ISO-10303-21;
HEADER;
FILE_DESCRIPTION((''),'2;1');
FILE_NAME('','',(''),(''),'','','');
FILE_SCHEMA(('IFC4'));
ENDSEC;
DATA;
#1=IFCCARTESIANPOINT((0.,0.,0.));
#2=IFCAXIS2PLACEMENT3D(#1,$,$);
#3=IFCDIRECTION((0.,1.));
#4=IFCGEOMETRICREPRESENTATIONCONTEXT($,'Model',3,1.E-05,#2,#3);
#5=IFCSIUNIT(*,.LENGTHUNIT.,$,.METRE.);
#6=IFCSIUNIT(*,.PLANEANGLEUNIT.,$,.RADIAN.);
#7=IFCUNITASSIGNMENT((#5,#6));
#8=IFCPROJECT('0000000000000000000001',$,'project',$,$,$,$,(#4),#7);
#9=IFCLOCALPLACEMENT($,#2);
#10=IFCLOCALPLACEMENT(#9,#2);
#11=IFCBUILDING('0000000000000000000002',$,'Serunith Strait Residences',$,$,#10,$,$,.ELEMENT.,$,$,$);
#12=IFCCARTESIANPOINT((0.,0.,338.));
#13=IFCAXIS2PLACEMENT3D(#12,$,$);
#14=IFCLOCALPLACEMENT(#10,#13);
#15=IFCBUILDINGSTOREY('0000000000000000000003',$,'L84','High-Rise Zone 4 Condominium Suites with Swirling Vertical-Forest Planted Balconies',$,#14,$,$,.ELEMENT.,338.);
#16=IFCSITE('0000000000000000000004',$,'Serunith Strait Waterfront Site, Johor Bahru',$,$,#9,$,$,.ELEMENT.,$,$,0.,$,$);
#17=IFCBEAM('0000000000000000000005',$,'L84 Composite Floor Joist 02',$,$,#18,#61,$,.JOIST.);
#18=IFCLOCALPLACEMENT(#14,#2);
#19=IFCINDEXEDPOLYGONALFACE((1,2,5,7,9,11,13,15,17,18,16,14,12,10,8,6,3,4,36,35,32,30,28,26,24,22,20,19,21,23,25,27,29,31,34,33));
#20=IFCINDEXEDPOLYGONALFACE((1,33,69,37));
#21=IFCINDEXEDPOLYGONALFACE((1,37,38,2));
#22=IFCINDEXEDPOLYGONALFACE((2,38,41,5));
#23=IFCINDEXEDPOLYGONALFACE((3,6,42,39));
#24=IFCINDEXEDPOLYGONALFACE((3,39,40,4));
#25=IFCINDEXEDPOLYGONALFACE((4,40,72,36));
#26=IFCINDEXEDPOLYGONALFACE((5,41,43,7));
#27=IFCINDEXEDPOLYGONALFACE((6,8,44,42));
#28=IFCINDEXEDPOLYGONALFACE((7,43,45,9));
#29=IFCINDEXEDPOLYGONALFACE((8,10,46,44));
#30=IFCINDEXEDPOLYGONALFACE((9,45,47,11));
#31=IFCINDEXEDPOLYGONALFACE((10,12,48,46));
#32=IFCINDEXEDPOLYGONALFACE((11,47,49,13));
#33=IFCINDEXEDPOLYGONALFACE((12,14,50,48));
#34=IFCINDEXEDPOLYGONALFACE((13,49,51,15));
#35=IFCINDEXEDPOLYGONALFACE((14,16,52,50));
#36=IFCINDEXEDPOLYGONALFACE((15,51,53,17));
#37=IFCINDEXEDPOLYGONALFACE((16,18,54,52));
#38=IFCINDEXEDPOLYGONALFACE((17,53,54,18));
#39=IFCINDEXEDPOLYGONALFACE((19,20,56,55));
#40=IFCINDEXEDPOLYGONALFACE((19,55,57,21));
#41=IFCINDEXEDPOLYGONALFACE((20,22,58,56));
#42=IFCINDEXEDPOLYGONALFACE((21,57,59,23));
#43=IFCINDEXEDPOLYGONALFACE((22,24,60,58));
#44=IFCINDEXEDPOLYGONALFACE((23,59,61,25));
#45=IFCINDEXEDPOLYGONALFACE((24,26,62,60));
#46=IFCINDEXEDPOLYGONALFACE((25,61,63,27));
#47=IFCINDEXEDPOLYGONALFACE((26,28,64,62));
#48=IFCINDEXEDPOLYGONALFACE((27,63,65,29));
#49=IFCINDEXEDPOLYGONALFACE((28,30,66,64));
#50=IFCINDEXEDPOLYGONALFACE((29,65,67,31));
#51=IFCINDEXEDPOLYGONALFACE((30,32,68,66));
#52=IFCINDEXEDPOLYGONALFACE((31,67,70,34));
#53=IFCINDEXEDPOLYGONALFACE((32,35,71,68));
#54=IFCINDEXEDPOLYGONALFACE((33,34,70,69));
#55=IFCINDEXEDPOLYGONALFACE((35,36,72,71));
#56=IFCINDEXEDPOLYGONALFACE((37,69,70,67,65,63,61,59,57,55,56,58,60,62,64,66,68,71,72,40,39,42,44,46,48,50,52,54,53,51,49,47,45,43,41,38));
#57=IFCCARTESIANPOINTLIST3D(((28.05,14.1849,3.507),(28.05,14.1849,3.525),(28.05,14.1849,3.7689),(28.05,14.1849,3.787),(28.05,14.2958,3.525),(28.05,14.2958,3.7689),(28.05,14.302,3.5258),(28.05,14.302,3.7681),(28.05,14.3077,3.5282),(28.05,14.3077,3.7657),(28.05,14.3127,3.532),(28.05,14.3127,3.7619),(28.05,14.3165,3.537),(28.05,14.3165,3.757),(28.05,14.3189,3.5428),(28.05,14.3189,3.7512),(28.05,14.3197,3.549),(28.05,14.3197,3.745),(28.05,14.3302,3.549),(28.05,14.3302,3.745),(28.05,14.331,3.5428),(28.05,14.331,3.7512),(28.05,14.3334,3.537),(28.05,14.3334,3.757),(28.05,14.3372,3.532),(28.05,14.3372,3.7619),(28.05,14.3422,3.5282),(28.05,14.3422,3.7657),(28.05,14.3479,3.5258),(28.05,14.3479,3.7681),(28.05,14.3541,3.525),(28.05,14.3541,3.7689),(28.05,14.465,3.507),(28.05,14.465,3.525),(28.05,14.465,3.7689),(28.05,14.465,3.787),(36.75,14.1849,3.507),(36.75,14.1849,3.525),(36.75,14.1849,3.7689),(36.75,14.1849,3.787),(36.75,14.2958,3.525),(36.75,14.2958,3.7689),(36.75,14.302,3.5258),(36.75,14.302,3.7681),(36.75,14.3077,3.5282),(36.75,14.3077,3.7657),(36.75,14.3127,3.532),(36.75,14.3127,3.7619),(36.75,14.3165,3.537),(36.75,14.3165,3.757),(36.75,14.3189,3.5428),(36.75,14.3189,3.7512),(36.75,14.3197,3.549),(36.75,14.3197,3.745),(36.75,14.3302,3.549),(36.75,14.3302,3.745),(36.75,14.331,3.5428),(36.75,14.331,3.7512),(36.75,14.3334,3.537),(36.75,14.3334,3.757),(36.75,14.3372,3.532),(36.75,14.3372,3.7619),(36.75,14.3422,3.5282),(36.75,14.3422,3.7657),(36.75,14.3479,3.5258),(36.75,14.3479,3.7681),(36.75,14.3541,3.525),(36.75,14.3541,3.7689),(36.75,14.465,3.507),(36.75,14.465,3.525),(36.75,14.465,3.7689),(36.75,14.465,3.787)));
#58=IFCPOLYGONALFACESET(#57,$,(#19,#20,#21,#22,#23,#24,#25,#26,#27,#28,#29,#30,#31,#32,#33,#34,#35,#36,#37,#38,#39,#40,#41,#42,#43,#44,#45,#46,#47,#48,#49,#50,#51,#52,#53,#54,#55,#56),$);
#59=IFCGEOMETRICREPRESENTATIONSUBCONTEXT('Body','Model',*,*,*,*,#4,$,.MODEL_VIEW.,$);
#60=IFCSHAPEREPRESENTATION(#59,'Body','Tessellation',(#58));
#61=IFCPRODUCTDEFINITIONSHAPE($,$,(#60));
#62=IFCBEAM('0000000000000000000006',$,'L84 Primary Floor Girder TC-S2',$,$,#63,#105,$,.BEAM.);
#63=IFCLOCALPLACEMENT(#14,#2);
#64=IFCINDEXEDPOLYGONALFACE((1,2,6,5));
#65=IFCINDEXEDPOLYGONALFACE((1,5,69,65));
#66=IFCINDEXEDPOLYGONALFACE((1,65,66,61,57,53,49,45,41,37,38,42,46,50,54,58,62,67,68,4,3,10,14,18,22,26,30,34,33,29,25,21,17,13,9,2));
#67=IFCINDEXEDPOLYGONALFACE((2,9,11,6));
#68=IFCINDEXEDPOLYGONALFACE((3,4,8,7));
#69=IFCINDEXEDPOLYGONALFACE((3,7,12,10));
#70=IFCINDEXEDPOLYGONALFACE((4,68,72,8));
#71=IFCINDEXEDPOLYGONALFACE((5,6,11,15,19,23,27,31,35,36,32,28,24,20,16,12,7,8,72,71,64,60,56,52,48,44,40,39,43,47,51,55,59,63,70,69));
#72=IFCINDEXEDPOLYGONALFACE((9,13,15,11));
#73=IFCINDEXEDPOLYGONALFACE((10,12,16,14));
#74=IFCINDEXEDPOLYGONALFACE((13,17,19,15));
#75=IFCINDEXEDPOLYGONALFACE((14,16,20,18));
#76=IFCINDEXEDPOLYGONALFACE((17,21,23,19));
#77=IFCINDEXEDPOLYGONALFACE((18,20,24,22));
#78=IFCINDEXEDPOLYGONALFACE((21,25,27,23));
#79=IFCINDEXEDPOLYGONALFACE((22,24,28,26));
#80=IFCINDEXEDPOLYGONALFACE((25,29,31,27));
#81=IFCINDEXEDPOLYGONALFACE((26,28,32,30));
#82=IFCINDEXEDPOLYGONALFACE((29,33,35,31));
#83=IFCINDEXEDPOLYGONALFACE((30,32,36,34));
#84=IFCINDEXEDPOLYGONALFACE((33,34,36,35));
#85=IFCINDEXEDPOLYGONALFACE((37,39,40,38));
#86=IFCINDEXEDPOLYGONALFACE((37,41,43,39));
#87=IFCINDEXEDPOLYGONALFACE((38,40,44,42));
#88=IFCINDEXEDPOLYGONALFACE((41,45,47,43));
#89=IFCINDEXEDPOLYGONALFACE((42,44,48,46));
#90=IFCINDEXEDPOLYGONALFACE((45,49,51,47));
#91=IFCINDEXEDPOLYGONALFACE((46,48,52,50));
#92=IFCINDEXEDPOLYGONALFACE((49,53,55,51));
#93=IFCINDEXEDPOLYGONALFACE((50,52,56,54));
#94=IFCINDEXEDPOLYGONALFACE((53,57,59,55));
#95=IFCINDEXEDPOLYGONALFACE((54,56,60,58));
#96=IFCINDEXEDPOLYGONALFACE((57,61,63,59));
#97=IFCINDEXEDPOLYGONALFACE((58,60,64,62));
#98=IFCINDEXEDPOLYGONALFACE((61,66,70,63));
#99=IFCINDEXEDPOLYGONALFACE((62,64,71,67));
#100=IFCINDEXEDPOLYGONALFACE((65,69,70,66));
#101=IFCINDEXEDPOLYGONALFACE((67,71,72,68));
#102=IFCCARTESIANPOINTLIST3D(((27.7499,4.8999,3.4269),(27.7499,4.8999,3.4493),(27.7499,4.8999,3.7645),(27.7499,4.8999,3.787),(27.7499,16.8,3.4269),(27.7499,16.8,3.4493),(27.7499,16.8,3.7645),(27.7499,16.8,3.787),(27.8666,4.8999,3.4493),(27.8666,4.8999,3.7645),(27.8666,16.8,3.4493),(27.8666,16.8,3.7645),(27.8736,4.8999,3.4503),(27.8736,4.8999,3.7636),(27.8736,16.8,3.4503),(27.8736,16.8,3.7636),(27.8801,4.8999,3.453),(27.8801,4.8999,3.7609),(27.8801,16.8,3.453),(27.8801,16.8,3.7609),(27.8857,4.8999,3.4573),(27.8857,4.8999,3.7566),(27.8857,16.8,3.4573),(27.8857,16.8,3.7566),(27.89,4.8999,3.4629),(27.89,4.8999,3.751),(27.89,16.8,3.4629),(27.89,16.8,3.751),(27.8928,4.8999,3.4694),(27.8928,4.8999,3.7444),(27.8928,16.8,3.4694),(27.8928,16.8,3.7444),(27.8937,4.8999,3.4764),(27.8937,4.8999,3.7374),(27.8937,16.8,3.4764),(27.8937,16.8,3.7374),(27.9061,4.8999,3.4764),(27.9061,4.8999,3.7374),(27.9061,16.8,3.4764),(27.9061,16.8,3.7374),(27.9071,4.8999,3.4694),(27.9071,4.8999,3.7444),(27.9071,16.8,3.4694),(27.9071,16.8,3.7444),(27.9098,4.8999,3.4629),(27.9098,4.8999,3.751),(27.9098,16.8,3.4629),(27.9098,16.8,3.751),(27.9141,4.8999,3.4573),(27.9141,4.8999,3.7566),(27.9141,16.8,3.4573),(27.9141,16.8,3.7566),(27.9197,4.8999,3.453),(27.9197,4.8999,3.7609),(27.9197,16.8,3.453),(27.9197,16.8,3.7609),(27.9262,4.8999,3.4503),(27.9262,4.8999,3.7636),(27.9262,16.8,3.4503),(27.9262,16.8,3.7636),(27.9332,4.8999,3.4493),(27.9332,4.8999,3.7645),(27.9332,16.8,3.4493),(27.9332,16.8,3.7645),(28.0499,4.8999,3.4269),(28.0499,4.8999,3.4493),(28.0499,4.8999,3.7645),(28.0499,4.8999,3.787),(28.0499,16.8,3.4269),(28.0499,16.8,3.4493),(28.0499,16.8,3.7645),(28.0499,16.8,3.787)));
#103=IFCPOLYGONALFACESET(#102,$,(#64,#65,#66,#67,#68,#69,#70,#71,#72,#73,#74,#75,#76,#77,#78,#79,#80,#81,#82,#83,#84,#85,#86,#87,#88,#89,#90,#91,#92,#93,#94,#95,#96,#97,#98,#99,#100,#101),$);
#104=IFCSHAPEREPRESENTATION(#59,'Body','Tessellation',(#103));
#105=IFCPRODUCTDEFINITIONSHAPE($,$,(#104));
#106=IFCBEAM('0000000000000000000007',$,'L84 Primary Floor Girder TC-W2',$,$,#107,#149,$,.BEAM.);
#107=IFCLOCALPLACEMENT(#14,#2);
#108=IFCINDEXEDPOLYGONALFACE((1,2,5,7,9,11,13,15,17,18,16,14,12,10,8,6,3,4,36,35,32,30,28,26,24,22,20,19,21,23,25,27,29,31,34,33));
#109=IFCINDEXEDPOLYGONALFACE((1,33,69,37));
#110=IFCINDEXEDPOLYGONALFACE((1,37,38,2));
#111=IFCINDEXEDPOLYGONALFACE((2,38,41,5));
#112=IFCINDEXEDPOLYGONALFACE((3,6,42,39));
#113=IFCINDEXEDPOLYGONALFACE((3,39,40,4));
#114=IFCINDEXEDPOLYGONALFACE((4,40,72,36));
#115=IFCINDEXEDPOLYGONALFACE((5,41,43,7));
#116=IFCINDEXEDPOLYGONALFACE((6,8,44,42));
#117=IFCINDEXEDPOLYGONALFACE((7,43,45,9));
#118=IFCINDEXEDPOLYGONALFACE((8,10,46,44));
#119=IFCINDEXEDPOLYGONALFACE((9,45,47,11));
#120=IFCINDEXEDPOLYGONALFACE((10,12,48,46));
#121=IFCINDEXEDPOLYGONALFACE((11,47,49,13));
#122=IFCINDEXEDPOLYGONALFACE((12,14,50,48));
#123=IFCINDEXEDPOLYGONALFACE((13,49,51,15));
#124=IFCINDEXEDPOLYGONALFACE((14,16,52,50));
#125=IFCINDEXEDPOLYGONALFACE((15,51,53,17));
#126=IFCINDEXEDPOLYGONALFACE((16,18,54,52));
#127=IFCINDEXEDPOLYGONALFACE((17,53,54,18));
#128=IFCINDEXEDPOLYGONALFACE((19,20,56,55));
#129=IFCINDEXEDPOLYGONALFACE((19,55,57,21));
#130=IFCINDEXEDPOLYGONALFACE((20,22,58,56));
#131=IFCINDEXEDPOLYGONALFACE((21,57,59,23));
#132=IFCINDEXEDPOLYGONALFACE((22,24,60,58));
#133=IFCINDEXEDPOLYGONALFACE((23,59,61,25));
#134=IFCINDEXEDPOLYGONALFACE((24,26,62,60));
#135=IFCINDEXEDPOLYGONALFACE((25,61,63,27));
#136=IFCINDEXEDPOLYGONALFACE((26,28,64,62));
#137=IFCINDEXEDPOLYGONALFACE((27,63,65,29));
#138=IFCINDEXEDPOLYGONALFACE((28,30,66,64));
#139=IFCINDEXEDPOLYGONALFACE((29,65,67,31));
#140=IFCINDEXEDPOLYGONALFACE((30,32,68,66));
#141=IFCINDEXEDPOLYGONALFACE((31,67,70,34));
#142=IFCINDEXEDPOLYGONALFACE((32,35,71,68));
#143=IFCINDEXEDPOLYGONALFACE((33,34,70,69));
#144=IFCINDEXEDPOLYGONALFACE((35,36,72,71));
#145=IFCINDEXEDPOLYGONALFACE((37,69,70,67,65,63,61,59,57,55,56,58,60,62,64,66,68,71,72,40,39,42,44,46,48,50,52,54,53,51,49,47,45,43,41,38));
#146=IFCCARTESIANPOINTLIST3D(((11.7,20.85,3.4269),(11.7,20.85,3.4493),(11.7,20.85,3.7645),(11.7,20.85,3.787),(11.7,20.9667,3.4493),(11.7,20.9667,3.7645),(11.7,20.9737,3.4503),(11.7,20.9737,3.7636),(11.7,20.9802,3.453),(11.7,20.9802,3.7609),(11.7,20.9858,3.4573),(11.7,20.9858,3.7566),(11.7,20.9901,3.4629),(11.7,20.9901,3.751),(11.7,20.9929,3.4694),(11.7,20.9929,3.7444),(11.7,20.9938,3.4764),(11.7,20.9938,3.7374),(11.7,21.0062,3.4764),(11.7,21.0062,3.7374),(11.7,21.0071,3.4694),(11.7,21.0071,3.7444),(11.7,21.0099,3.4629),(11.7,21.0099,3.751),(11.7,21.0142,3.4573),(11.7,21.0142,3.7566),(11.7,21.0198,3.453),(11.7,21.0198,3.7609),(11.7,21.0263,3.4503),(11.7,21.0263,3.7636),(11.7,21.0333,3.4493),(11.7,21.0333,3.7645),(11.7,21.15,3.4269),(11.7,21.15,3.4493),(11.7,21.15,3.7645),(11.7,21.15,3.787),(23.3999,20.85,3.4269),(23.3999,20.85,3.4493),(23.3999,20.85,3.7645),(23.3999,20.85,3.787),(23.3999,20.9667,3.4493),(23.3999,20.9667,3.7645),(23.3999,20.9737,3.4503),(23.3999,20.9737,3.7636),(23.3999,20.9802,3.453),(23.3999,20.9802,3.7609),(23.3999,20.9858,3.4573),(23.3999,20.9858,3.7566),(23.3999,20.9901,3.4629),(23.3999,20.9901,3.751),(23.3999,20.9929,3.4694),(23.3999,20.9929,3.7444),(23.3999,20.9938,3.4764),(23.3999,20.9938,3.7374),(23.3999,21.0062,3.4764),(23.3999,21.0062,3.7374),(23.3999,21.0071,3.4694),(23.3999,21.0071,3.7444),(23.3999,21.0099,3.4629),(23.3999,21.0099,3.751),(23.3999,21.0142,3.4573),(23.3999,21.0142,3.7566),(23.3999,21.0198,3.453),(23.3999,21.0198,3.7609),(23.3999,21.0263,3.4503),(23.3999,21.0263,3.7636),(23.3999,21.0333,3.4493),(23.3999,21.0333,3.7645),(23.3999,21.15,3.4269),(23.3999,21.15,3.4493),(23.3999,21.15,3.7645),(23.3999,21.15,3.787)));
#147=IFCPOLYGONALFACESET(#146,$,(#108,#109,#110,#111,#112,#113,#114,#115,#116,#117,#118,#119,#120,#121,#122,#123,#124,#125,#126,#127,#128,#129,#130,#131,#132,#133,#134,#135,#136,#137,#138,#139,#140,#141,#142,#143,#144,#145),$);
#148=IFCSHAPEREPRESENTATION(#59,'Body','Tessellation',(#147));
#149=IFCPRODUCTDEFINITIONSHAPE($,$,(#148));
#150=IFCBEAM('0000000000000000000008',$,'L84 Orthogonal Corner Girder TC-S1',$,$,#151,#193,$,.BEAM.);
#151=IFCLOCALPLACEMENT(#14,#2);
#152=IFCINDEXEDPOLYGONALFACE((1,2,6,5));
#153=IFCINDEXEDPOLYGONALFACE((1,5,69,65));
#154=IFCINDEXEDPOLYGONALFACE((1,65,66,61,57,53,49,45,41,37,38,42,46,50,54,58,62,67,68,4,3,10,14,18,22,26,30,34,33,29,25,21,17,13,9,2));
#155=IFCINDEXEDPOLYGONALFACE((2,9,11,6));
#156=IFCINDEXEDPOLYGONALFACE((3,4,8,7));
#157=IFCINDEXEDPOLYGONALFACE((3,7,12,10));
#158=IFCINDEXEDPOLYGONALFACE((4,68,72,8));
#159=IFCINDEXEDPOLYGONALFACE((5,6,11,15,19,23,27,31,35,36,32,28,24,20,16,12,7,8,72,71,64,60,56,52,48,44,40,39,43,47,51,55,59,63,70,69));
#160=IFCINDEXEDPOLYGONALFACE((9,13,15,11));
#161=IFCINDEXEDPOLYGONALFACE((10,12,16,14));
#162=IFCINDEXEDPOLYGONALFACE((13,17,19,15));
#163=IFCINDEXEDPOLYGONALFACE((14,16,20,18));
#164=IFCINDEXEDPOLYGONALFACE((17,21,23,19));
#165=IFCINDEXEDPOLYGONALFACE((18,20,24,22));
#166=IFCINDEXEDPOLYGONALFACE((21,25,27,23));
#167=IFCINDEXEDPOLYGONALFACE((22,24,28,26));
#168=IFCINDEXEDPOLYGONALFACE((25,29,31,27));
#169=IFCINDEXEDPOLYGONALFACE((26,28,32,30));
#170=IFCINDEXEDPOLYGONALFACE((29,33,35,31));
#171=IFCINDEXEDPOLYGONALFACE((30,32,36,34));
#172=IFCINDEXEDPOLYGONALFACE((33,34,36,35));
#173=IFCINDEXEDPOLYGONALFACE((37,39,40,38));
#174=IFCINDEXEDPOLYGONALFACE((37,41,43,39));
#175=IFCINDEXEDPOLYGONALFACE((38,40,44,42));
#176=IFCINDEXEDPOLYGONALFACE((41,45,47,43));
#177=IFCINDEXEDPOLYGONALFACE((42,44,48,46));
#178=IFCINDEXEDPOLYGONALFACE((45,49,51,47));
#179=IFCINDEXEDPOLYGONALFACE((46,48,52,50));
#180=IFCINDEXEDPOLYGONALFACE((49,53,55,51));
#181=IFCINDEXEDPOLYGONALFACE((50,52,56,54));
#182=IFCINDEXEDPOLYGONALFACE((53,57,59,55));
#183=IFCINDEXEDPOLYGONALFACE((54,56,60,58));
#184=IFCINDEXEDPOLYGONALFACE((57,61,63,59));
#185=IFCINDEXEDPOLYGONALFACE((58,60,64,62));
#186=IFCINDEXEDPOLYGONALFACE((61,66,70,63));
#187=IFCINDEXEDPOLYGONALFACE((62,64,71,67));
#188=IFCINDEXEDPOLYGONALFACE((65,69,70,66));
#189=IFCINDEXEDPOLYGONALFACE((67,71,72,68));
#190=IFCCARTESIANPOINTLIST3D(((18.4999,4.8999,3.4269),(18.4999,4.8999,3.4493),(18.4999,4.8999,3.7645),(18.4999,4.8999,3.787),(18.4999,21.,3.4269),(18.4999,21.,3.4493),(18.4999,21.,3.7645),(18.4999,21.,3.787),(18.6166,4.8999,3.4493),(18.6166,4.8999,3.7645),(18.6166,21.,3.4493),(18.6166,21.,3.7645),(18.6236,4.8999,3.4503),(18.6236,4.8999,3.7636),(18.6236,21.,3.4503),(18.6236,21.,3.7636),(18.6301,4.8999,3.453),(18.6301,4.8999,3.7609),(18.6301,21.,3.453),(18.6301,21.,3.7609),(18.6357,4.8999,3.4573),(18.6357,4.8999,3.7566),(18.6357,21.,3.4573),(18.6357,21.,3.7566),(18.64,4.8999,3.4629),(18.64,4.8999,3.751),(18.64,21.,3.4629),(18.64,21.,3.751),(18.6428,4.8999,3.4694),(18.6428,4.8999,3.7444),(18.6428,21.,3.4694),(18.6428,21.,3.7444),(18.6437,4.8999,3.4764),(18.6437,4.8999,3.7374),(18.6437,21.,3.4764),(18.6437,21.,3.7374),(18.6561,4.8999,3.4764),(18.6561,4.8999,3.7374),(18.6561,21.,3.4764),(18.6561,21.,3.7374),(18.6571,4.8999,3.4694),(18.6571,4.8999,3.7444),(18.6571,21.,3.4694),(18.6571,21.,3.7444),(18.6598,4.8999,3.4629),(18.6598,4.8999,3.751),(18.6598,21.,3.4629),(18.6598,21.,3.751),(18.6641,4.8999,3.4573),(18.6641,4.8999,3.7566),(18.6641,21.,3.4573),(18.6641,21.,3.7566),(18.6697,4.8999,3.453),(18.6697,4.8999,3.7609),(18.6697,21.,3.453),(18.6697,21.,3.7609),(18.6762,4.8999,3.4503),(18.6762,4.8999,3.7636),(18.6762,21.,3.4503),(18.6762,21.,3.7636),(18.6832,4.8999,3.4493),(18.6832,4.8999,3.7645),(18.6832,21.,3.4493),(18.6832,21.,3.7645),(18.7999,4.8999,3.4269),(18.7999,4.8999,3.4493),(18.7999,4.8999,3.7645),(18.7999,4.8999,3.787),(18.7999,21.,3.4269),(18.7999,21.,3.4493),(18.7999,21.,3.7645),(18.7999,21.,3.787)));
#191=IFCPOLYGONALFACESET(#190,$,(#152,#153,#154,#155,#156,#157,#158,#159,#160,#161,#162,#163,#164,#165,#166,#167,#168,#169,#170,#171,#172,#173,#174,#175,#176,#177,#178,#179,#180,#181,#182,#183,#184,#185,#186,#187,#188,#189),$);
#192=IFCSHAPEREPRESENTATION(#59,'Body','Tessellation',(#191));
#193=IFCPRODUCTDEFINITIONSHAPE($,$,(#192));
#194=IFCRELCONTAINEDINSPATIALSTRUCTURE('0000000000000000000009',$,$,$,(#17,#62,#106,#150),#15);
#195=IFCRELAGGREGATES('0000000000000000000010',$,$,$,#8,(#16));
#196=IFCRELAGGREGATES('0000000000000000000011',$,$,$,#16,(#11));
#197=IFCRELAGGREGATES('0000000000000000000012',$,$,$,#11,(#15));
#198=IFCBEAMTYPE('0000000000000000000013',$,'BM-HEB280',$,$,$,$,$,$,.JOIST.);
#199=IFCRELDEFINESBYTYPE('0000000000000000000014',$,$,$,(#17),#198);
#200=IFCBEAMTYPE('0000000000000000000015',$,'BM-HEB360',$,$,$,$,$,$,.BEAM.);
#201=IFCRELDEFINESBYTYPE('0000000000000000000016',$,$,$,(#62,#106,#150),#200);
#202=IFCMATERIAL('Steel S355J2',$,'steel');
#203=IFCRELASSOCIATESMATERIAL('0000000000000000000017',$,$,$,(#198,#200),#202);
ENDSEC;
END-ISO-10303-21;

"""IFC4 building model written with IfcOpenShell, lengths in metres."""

from ifc_helpers import new_model, si_unit, direction, frame, origin, origin_2d, place, context, subcontext, project, spatial, i_section, extrude, source, transform, mapped, material, material_profile, profile_set, type_object, element, save


model = new_model("IFC4")

# Units and contexts
model_context = context("Model", 3, precision=1e-05, world=origin(), true_north=direction((0.0, 1.0)))
body_context = subcontext(model_context, "Body", "Model", "MODEL_VIEW")
ifc_project = project(units=[si_unit("LENGTHUNIT", "METRE"), si_unit("PLANEANGLEUNIT", "RADIAN")], contexts=[model_context])

# Site, building, storey
site_placement = place(None, origin())
site = spatial("IfcSite", under=ifc_project, at=site_placement, Name="Serunith Strait Waterfront Site, Johor Bahru", CompositionType="ELEMENT", RefElevation=0.0)
building_placement = place(site_placement, origin())
building = spatial("IfcBuilding", under=site, at=building_placement, Name="Serunith Strait Residences", CompositionType="ELEMENT")
storey_placement = place(building_placement, frame((0.0, 0.0, 338.0)))
storey = spatial("IfcBuildingStorey", under=building, at=storey_placement, Name="L84", Description="High-Rise Zone 4 Condominium Suites with Swirling Vertical-Forest Planted Balconies", CompositionType="ELEMENT", Elevation=338.0)

# Beams
ifc_material_1 = material(Name="Steel S355J2", Category="steel")
ifc_material_profile_1 = material_profile(ifc_material_1, i_section(OverallWidth=0.28, OverallDepth=0.28, WebThickness=0.0105, FlangeThickness=0.0181, FilletRadius=0.0239, at=origin_2d()), Name="HEB 280")
ifc_profile_set_1 = profile_set([ifc_material_profile_1], Name="Steel S355J2")
beam_type_1 = type_object("IfcBeamType", Name="BM-HEB280", PredefinedType="JOIST", material=ifc_profile_set_1)
shared_shape_1 = source(origin(), body_context, "Body", "SweptSolid", [
    extrude(i_section(OverallWidth=0.28, OverallDepth=0.28, WebThickness=0.0105, FlangeThickness=0.0181, FilletRadius=0.0239, at=origin_2d()), origin(), (0.0, 0.0, 1.0), 8.7),
])
beam_1_placement = place(storey_placement, frame((28.05, 14.325, 3.647), z_axis=(1.0, 0.0, 0.0), x_axis=(0.0, 1.0, 0.0)))
element("IfcBeam", 1, at=beam_1_placement, inside=storey, type_object=beam_type_1, Name="L84 Composite Floor Joist 02", PredefinedType="JOIST", context=body_context, shape_type="MappedRepresentation", body=[
    mapped(shared_shape_1, transform((0.0, 0.0, 0.0), scale=1.0)),
])
ifc_material_profile_2 = material_profile(ifc_material_1, i_section(OverallWidth=0.3, OverallDepth=0.3601, WebThickness=0.0125, FlangeThickness=0.0225, FilletRadius=0.0271, at=origin_2d()), Name="HEB 360")
ifc_profile_set_2 = profile_set([ifc_material_profile_2], Name="Steel S355J2")
beam_type_2 = type_object("IfcBeamType", Name="BM-HEB360", PredefinedType="BEAM", material=ifc_profile_set_2)
shared_shape_2 = source(origin(), body_context, "Body", "SweptSolid", [
    extrude(i_section(OverallWidth=0.3, OverallDepth=0.3601, WebThickness=0.0125, FlangeThickness=0.0225, FilletRadius=0.0271, at=origin_2d()), origin(), (0.0, 0.0, 1.0), 11.9001),
])
beam_2_placement = place(storey_placement, frame((27.8999, 16.8, 3.6069), z_axis=(0.0, -1.0, 0.0), x_axis=(1.0, 0.0, 0.0)))
element("IfcBeam", 2, at=beam_2_placement, inside=storey, type_object=beam_type_2, Name="L84 Primary Floor Girder TC-S2", PredefinedType="BEAM", context=body_context, shape_type="MappedRepresentation", body=[
    mapped(shared_shape_2, transform((0.0, 0.0, 0.0), scale=1.0)),
])
shared_shape_3 = source(origin(), body_context, "Body", "SweptSolid", [
    extrude(i_section(OverallWidth=0.3, OverallDepth=0.3601, WebThickness=0.0125, FlangeThickness=0.0225, FilletRadius=0.0271, at=origin_2d()), origin(), (0.0, 0.0, 1.0), 11.7),
])
beam_3_placement = place(storey_placement, frame((23.3999, 21.0, 3.6069), z_axis=(-1.0, 0.0, 0.0), x_axis=(0.0, -1.0, 0.0)))
element("IfcBeam", 3, at=beam_3_placement, inside=storey, type_object=beam_type_2, Name="L84 Primary Floor Girder TC-W2", PredefinedType="BEAM", context=body_context, shape_type="MappedRepresentation", body=[
    mapped(shared_shape_3, transform((0.0, 0.0, 0.0), scale=1.0)),
])
shared_shape_4 = source(origin(), body_context, "Body", "SweptSolid", [
    extrude(i_section(OverallWidth=0.3, OverallDepth=0.3601, WebThickness=0.0125, FlangeThickness=0.0225, FilletRadius=0.0271, at=origin_2d()), origin(), (0.0, 0.0, 1.0), 16.1001),
])
beam_4_placement = place(storey_placement, frame((18.6499, 21.0, 3.6069), z_axis=(0.0, -1.0, 0.0), x_axis=(1.0, 0.0, 0.0)))
element("IfcBeam", 4, at=beam_4_placement, inside=storey, type_object=beam_type_2, Name="L84 Orthogonal Corner Girder TC-S1", PredefinedType="BEAM", context=body_context, shape_type="MappedRepresentation", body=[
    mapped(shared_shape_4, transform((0.0, 0.0, 0.0), scale=1.0)),
])

save(model, "model.ifc")
